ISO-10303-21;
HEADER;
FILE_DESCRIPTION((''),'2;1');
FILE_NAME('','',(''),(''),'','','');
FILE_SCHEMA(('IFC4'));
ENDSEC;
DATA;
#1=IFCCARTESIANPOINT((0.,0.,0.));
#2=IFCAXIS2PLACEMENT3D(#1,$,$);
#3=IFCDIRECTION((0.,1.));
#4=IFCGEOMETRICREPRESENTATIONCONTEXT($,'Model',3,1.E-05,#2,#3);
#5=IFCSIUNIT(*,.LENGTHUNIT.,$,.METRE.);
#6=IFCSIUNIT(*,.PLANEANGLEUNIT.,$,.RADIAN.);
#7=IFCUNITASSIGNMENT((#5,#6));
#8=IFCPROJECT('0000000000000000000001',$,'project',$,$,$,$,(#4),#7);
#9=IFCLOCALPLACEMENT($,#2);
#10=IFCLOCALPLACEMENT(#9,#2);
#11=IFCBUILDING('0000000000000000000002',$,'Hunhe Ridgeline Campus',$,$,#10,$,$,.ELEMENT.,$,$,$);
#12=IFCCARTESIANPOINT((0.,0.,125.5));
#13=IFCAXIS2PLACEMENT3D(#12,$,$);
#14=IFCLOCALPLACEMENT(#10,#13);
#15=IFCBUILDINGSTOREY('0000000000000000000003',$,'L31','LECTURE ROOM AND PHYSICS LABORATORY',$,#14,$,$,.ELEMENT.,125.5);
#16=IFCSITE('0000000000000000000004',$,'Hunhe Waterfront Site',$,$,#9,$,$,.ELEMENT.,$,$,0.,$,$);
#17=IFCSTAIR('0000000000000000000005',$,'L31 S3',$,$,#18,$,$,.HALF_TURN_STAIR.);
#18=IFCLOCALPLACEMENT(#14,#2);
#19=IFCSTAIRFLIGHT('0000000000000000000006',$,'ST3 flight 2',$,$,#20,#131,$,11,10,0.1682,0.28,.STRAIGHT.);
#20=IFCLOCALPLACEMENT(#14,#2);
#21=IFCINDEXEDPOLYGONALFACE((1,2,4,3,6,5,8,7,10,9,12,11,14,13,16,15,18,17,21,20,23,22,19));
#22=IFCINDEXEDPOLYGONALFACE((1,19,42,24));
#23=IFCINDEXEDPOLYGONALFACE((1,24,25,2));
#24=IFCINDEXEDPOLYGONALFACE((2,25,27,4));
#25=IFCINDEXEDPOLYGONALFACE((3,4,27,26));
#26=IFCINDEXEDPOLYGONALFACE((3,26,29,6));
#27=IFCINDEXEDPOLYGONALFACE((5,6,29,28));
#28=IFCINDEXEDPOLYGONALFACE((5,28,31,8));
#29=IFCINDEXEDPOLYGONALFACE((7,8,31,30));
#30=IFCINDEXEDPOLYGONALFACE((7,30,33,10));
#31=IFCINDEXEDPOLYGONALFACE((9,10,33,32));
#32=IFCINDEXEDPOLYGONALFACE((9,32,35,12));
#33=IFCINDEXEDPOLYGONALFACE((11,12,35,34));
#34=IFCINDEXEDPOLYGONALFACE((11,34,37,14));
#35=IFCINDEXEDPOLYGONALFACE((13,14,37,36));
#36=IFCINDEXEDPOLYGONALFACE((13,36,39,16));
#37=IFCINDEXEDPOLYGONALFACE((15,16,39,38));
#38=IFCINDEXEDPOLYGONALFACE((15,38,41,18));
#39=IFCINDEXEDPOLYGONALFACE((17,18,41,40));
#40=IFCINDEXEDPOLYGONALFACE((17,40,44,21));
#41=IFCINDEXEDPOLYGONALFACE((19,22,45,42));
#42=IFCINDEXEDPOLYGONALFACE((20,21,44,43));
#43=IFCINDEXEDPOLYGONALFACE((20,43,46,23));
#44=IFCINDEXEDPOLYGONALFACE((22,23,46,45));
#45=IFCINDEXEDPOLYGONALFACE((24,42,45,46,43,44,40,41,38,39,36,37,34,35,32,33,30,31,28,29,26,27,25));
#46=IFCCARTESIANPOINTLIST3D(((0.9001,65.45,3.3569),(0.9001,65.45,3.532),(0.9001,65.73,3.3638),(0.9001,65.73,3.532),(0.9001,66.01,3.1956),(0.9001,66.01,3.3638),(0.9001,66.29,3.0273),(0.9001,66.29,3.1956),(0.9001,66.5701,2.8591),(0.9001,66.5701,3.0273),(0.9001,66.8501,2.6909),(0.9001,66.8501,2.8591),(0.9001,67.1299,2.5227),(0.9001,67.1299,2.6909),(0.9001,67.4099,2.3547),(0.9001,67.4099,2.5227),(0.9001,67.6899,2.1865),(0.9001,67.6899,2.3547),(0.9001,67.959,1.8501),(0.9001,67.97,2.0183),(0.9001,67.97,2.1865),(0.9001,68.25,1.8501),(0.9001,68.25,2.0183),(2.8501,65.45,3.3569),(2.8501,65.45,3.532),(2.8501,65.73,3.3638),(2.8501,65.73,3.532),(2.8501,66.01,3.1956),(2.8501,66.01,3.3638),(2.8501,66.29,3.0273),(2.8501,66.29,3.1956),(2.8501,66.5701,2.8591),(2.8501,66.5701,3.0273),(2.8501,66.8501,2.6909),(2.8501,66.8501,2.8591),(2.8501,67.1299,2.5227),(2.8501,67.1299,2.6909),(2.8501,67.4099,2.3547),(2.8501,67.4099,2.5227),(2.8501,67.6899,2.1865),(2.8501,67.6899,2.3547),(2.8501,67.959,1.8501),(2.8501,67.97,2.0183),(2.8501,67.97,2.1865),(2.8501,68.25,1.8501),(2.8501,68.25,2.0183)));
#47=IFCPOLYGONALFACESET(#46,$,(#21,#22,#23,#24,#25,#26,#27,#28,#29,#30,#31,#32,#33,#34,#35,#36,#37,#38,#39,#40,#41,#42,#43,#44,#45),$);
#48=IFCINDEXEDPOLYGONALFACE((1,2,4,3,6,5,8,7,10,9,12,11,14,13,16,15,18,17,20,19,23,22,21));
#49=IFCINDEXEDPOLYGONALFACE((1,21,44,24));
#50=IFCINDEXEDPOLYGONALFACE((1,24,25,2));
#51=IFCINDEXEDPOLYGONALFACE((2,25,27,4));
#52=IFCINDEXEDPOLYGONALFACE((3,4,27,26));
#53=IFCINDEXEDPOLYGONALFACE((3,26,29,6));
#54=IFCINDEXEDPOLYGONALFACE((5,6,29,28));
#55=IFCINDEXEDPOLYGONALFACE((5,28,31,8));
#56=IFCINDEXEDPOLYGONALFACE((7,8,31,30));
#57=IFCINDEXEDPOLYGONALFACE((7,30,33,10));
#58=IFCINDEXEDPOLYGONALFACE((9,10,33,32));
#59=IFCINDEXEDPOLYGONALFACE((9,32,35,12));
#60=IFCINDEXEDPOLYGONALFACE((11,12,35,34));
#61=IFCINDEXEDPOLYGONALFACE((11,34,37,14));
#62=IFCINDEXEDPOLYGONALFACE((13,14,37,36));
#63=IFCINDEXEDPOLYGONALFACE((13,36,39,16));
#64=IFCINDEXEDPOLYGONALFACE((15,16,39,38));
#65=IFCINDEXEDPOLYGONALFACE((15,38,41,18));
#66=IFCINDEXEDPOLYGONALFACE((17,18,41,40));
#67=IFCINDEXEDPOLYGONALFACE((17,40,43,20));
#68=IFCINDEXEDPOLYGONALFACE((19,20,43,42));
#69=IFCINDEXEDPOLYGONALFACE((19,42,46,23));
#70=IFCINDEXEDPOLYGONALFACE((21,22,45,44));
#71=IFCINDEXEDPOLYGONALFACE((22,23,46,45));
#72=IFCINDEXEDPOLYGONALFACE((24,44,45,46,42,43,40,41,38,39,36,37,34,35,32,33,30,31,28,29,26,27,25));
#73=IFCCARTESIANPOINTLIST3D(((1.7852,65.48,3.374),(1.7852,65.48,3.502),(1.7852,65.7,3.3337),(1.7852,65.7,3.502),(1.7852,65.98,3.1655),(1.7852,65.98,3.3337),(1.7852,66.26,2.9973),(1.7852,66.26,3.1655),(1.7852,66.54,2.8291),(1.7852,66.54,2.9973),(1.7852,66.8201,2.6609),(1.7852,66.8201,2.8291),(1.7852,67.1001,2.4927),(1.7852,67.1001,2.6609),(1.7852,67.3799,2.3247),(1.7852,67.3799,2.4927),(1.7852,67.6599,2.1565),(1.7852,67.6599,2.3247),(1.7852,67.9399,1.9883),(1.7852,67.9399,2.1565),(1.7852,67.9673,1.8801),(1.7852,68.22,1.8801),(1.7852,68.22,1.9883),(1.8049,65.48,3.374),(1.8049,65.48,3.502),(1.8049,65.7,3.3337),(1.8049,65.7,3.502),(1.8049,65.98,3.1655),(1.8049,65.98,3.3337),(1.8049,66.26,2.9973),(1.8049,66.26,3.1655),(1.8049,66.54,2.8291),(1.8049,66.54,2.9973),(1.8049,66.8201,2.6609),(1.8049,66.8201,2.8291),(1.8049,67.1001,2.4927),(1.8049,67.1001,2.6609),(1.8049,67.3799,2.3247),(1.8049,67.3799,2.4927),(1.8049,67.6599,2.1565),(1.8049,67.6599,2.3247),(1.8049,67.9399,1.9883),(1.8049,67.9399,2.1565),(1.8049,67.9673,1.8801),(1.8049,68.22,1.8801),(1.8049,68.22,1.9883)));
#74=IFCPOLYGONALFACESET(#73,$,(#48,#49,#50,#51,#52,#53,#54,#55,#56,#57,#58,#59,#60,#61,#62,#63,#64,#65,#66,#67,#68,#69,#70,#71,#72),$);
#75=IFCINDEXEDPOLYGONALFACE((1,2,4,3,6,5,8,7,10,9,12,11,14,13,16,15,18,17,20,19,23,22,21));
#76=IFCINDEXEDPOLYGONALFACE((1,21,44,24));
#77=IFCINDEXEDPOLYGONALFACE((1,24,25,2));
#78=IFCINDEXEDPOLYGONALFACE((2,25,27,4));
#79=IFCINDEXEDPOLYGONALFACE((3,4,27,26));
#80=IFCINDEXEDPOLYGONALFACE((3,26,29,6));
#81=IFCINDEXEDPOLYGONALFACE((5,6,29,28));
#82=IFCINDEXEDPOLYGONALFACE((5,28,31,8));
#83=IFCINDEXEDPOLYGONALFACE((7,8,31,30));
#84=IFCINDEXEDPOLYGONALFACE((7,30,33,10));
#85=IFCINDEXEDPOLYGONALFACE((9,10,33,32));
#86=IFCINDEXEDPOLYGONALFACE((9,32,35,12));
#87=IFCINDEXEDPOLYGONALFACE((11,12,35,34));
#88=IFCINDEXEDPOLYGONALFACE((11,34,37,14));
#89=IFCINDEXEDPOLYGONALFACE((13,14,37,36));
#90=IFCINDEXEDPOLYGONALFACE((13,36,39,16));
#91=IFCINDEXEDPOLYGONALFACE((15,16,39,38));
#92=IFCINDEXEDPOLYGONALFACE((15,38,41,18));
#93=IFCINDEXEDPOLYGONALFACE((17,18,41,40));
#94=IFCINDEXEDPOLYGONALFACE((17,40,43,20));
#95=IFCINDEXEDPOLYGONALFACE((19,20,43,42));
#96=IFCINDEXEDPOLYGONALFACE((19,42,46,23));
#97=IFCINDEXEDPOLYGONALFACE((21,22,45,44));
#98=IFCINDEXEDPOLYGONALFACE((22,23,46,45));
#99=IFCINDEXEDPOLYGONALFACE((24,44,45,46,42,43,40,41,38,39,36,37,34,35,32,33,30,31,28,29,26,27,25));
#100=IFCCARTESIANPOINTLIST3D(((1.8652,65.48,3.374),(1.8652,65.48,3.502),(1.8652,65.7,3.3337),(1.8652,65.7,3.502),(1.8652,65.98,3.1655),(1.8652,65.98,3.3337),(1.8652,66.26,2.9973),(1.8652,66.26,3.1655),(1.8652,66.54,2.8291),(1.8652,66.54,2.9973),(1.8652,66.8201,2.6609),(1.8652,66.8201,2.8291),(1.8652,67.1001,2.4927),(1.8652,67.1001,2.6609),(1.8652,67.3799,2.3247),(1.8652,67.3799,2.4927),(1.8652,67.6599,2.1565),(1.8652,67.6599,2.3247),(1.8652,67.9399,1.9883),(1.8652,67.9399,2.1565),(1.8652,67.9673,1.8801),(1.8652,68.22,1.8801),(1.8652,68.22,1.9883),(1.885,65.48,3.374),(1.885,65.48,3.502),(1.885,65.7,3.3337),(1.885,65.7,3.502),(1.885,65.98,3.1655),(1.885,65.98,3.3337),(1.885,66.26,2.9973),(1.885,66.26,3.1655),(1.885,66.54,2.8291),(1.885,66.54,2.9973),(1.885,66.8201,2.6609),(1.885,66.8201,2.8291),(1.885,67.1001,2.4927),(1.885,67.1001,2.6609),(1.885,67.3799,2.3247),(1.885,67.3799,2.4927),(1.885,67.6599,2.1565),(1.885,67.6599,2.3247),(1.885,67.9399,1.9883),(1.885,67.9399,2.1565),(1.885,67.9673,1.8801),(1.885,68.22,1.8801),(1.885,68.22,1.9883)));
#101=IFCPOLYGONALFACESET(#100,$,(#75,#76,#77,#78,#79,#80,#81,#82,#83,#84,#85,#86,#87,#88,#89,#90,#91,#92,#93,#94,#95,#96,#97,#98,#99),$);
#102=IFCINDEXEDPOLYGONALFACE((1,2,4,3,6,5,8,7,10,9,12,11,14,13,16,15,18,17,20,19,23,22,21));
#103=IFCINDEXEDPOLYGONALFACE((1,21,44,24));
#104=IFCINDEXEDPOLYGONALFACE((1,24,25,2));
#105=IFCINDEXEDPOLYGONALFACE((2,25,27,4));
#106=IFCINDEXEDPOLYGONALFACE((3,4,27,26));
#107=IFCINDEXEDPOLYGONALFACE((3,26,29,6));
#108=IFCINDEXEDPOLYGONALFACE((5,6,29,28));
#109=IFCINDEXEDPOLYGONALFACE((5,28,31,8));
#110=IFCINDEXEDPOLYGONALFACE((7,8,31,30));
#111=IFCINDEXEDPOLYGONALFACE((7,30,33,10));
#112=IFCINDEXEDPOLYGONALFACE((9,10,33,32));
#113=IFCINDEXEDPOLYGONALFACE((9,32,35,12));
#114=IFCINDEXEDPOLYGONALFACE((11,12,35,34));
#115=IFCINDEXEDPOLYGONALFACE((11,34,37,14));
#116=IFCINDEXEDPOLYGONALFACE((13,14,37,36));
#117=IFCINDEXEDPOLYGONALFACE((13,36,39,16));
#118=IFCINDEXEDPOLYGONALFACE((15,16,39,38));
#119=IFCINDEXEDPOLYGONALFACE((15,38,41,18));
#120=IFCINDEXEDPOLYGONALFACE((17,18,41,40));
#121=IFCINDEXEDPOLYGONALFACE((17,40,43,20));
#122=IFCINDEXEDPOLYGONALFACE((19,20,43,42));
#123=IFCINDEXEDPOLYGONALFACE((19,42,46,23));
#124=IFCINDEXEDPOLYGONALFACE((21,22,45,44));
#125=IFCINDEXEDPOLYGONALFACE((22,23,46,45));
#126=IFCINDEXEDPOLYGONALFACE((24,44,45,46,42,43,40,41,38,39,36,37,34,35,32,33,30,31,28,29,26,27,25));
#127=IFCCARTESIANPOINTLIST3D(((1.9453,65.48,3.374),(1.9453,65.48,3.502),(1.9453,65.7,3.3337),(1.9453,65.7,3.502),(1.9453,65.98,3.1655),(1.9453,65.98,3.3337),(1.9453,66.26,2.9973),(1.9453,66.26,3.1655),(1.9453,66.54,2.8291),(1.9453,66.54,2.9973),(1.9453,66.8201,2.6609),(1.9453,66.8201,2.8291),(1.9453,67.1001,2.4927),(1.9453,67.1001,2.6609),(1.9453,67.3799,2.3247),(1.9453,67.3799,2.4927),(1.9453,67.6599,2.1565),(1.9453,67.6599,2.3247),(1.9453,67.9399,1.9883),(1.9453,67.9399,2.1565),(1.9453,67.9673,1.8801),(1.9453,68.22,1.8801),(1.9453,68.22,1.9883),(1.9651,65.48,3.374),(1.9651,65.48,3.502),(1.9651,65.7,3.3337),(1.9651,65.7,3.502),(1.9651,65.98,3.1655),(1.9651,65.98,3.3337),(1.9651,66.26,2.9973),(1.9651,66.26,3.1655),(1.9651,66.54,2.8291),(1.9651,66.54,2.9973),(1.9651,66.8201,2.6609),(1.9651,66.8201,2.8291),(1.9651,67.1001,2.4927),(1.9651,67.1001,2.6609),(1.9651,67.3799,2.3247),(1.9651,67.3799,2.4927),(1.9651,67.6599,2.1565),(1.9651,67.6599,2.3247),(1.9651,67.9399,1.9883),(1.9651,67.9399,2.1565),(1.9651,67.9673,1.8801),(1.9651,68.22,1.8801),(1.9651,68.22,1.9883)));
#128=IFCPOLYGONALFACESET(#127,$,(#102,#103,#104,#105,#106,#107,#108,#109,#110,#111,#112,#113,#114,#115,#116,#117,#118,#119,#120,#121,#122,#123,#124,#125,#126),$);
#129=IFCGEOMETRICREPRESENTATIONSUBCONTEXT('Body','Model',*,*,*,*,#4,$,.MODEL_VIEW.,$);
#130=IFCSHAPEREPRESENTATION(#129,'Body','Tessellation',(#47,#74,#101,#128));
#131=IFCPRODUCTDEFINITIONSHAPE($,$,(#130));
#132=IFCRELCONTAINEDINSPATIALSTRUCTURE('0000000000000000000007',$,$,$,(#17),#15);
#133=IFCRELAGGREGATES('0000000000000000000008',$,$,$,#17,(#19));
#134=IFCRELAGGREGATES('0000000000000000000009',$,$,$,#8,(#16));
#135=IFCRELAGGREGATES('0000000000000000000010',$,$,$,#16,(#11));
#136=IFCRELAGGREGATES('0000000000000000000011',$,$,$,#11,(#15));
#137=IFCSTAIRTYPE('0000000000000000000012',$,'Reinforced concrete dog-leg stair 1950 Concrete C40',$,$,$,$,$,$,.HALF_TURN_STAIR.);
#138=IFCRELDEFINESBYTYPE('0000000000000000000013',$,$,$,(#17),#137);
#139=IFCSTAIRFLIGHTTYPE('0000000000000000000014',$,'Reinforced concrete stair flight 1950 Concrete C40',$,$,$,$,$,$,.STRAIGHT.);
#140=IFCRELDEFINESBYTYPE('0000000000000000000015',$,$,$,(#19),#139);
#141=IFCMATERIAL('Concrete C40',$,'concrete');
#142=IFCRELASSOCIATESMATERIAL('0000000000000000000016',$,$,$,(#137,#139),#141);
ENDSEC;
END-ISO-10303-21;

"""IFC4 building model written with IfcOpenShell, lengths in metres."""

from ifc_helpers import new_model, si_unit, direction, frame, origin, place, context, subcontext, project, spatial, polyline, outline, extrude, material, type_object, element, aggregate, save


model = new_model("IFC4")

# Units and contexts
model_context = context("Model", 3, precision=1e-05, world=origin(), true_north=direction((0.0, 1.0)))
body_context = subcontext(model_context, "Body", "Model", "MODEL_VIEW")
ifc_project = project(units=[si_unit("LENGTHUNIT", "METRE"), si_unit("PLANEANGLEUNIT", "RADIAN")], contexts=[model_context])

# Site, building, storey
site_placement = place(None, origin())
site = spatial("IfcSite", under=ifc_project, at=site_placement, Name="Hunhe Waterfront Site", CompositionType="ELEMENT", RefElevation=0.0)
building_placement = place(site_placement, origin())
building = spatial("IfcBuilding", under=site, at=building_placement, Name="Hunhe Ridgeline Campus", CompositionType="ELEMENT")
storey_placement = place(building_placement, frame((0.0, 0.0, 125.5)))
storey = spatial("IfcBuildingStorey", under=building, at=storey_placement, Name="L31", Description="LECTURE ROOM AND PHYSICS LABORATORY", CompositionType="ELEMENT", Elevation=125.5)

# Stair, stair flight
ifc_material_1 = material(Name="Concrete C40", Category="concrete")
stair_type = type_object("IfcStairType", Name="Reinforced concrete dog-leg stair 1950 Concrete C40", PredefinedType="HALF_TURN_STAIR", material=ifc_material_1)
stair_1_placement = place(storey_placement, origin())
stair_1 = element("IfcStair", 1, at=stair_1_placement, inside=storey, type_object=stair_type, Name="L31 S3", PredefinedType="HALF_TURN_STAIR")
stair_flight_type = type_object("IfcStairFlightType", Name="Reinforced concrete stair flight 1950 Concrete C40", PredefinedType="STRAIGHT", material=ifc_material_1)
stair_flight_1_placement = place(storey_placement, frame((1.875, 68.25, 1.8501), z_axis=(0.0, 0.0, 1.0), x_axis=(0.0, -1.0, 0.0)))
stair_flight_1 = element("IfcStairFlight", 2, at=stair_flight_1_placement, type_object=stair_flight_type, Name="ST3 flight 2", NumberOfRisers=11, NumberOfTreads=10, PredefinedType="STRAIGHT", RiserHeight=0.1682, TreadLength=0.28, context=body_context, shape_type="SweptSolid", body=[
    extrude(outline(polyline([(0.0, 0.0), (0.0, 0.1682), (0.28, 0.1682), (0.28, 0.3364), (0.5601, 0.3364), (0.5601, 0.5046), (0.8401, 0.5046), (0.8401, 0.6726), (1.1201, 0.6726), (1.1201, 0.8408), (1.3999, 0.8408), (1.3999, 1.009), (1.6799, 1.009), (1.6799, 1.1772), (1.96, 1.1772), (1.96, 1.3455), (2.24, 1.3455), (2.24, 1.5137), (2.52, 1.5137), (2.52, 1.6819), (2.8, 1.6819), (2.8, 1.8501), (2.8, 1.5068), (0.291, 0.0), (0.0, 0.0)])), frame((0.0, 0.9751, 0.0), z_axis=(0.0, -1.0, 0.0), x_axis=(1.0, 0.0, 0.0)), (0.0, 0.0, 1.0), 1.95),
    extrude(outline(polyline([(0.03, 0.03), (0.03, 0.1382), (0.3101, 0.1382), (0.3101, 0.3064), (0.5901, 0.3064), (0.5901, 0.4746), (0.8701, 0.4746), (0.8701, 0.6426), (1.1499, 0.6426), (1.1499, 0.8108), (1.4299, 0.8108), (1.4299, 0.979), (1.71, 0.979), (1.71, 1.1472), (1.99, 1.1472), (1.99, 1.3154), (2.27, 1.3154), (2.27, 1.4836), (2.55, 1.4836), (2.55, 1.6519), (2.77, 1.6519), (2.77, 1.5239), (0.2827, 0.03), (0.03, 0.03)])), frame((0.0, -0.0701, 0.0), z_axis=(0.0, -1.0, 0.0), x_axis=(1.0, 0.0, 0.0)), (0.0, 0.0, 1.0), 0.0198),
    extrude(outline(polyline([(0.03, 0.03), (0.03, 0.1382), (0.3101, 0.1382), (0.3101, 0.3064), (0.5901, 0.3064), (0.5901, 0.4746), (0.8701, 0.4746), (0.8701, 0.6426), (1.1499, 0.6426), (1.1499, 0.8108), (1.4299, 0.8108), (1.4299, 0.979), (1.71, 0.979), (1.71, 1.1472), (1.99, 1.1472), (1.99, 1.3154), (2.27, 1.3154), (2.27, 1.4836), (2.55, 1.4836), (2.55, 1.6519), (2.77, 1.6519), (2.77, 1.5239), (0.2827, 0.03), (0.03, 0.03)])), frame((0.0, 0.01, 0.0), z_axis=(0.0, -1.0, 0.0), x_axis=(1.0, 0.0, 0.0)), (0.0, 0.0, 1.0), 0.0198),
    extrude(outline(polyline([(0.03, 0.03), (0.03, 0.1382), (0.3101, 0.1382), (0.3101, 0.3064), (0.5901, 0.3064), (0.5901, 0.4746), (0.8701, 0.4746), (0.8701, 0.6426), (1.1499, 0.6426), (1.1499, 0.8108), (1.4299, 0.8108), (1.4299, 0.979), (1.71, 0.979), (1.71, 1.1472), (1.99, 1.1472), (1.99, 1.3154), (2.27, 1.3154), (2.27, 1.4836), (2.55, 1.4836), (2.55, 1.6519), (2.77, 1.6519), (2.77, 1.5239), (0.2827, 0.03), (0.03, 0.03)])), frame((0.0, 0.0901, 0.0), z_axis=(0.0, -1.0, 0.0), x_axis=(1.0, 0.0, 0.0)), (0.0, 0.0, 1.0), 0.0198),
])
aggregate(stair_1, [stair_flight_1])

save(model, "model.ifc")
